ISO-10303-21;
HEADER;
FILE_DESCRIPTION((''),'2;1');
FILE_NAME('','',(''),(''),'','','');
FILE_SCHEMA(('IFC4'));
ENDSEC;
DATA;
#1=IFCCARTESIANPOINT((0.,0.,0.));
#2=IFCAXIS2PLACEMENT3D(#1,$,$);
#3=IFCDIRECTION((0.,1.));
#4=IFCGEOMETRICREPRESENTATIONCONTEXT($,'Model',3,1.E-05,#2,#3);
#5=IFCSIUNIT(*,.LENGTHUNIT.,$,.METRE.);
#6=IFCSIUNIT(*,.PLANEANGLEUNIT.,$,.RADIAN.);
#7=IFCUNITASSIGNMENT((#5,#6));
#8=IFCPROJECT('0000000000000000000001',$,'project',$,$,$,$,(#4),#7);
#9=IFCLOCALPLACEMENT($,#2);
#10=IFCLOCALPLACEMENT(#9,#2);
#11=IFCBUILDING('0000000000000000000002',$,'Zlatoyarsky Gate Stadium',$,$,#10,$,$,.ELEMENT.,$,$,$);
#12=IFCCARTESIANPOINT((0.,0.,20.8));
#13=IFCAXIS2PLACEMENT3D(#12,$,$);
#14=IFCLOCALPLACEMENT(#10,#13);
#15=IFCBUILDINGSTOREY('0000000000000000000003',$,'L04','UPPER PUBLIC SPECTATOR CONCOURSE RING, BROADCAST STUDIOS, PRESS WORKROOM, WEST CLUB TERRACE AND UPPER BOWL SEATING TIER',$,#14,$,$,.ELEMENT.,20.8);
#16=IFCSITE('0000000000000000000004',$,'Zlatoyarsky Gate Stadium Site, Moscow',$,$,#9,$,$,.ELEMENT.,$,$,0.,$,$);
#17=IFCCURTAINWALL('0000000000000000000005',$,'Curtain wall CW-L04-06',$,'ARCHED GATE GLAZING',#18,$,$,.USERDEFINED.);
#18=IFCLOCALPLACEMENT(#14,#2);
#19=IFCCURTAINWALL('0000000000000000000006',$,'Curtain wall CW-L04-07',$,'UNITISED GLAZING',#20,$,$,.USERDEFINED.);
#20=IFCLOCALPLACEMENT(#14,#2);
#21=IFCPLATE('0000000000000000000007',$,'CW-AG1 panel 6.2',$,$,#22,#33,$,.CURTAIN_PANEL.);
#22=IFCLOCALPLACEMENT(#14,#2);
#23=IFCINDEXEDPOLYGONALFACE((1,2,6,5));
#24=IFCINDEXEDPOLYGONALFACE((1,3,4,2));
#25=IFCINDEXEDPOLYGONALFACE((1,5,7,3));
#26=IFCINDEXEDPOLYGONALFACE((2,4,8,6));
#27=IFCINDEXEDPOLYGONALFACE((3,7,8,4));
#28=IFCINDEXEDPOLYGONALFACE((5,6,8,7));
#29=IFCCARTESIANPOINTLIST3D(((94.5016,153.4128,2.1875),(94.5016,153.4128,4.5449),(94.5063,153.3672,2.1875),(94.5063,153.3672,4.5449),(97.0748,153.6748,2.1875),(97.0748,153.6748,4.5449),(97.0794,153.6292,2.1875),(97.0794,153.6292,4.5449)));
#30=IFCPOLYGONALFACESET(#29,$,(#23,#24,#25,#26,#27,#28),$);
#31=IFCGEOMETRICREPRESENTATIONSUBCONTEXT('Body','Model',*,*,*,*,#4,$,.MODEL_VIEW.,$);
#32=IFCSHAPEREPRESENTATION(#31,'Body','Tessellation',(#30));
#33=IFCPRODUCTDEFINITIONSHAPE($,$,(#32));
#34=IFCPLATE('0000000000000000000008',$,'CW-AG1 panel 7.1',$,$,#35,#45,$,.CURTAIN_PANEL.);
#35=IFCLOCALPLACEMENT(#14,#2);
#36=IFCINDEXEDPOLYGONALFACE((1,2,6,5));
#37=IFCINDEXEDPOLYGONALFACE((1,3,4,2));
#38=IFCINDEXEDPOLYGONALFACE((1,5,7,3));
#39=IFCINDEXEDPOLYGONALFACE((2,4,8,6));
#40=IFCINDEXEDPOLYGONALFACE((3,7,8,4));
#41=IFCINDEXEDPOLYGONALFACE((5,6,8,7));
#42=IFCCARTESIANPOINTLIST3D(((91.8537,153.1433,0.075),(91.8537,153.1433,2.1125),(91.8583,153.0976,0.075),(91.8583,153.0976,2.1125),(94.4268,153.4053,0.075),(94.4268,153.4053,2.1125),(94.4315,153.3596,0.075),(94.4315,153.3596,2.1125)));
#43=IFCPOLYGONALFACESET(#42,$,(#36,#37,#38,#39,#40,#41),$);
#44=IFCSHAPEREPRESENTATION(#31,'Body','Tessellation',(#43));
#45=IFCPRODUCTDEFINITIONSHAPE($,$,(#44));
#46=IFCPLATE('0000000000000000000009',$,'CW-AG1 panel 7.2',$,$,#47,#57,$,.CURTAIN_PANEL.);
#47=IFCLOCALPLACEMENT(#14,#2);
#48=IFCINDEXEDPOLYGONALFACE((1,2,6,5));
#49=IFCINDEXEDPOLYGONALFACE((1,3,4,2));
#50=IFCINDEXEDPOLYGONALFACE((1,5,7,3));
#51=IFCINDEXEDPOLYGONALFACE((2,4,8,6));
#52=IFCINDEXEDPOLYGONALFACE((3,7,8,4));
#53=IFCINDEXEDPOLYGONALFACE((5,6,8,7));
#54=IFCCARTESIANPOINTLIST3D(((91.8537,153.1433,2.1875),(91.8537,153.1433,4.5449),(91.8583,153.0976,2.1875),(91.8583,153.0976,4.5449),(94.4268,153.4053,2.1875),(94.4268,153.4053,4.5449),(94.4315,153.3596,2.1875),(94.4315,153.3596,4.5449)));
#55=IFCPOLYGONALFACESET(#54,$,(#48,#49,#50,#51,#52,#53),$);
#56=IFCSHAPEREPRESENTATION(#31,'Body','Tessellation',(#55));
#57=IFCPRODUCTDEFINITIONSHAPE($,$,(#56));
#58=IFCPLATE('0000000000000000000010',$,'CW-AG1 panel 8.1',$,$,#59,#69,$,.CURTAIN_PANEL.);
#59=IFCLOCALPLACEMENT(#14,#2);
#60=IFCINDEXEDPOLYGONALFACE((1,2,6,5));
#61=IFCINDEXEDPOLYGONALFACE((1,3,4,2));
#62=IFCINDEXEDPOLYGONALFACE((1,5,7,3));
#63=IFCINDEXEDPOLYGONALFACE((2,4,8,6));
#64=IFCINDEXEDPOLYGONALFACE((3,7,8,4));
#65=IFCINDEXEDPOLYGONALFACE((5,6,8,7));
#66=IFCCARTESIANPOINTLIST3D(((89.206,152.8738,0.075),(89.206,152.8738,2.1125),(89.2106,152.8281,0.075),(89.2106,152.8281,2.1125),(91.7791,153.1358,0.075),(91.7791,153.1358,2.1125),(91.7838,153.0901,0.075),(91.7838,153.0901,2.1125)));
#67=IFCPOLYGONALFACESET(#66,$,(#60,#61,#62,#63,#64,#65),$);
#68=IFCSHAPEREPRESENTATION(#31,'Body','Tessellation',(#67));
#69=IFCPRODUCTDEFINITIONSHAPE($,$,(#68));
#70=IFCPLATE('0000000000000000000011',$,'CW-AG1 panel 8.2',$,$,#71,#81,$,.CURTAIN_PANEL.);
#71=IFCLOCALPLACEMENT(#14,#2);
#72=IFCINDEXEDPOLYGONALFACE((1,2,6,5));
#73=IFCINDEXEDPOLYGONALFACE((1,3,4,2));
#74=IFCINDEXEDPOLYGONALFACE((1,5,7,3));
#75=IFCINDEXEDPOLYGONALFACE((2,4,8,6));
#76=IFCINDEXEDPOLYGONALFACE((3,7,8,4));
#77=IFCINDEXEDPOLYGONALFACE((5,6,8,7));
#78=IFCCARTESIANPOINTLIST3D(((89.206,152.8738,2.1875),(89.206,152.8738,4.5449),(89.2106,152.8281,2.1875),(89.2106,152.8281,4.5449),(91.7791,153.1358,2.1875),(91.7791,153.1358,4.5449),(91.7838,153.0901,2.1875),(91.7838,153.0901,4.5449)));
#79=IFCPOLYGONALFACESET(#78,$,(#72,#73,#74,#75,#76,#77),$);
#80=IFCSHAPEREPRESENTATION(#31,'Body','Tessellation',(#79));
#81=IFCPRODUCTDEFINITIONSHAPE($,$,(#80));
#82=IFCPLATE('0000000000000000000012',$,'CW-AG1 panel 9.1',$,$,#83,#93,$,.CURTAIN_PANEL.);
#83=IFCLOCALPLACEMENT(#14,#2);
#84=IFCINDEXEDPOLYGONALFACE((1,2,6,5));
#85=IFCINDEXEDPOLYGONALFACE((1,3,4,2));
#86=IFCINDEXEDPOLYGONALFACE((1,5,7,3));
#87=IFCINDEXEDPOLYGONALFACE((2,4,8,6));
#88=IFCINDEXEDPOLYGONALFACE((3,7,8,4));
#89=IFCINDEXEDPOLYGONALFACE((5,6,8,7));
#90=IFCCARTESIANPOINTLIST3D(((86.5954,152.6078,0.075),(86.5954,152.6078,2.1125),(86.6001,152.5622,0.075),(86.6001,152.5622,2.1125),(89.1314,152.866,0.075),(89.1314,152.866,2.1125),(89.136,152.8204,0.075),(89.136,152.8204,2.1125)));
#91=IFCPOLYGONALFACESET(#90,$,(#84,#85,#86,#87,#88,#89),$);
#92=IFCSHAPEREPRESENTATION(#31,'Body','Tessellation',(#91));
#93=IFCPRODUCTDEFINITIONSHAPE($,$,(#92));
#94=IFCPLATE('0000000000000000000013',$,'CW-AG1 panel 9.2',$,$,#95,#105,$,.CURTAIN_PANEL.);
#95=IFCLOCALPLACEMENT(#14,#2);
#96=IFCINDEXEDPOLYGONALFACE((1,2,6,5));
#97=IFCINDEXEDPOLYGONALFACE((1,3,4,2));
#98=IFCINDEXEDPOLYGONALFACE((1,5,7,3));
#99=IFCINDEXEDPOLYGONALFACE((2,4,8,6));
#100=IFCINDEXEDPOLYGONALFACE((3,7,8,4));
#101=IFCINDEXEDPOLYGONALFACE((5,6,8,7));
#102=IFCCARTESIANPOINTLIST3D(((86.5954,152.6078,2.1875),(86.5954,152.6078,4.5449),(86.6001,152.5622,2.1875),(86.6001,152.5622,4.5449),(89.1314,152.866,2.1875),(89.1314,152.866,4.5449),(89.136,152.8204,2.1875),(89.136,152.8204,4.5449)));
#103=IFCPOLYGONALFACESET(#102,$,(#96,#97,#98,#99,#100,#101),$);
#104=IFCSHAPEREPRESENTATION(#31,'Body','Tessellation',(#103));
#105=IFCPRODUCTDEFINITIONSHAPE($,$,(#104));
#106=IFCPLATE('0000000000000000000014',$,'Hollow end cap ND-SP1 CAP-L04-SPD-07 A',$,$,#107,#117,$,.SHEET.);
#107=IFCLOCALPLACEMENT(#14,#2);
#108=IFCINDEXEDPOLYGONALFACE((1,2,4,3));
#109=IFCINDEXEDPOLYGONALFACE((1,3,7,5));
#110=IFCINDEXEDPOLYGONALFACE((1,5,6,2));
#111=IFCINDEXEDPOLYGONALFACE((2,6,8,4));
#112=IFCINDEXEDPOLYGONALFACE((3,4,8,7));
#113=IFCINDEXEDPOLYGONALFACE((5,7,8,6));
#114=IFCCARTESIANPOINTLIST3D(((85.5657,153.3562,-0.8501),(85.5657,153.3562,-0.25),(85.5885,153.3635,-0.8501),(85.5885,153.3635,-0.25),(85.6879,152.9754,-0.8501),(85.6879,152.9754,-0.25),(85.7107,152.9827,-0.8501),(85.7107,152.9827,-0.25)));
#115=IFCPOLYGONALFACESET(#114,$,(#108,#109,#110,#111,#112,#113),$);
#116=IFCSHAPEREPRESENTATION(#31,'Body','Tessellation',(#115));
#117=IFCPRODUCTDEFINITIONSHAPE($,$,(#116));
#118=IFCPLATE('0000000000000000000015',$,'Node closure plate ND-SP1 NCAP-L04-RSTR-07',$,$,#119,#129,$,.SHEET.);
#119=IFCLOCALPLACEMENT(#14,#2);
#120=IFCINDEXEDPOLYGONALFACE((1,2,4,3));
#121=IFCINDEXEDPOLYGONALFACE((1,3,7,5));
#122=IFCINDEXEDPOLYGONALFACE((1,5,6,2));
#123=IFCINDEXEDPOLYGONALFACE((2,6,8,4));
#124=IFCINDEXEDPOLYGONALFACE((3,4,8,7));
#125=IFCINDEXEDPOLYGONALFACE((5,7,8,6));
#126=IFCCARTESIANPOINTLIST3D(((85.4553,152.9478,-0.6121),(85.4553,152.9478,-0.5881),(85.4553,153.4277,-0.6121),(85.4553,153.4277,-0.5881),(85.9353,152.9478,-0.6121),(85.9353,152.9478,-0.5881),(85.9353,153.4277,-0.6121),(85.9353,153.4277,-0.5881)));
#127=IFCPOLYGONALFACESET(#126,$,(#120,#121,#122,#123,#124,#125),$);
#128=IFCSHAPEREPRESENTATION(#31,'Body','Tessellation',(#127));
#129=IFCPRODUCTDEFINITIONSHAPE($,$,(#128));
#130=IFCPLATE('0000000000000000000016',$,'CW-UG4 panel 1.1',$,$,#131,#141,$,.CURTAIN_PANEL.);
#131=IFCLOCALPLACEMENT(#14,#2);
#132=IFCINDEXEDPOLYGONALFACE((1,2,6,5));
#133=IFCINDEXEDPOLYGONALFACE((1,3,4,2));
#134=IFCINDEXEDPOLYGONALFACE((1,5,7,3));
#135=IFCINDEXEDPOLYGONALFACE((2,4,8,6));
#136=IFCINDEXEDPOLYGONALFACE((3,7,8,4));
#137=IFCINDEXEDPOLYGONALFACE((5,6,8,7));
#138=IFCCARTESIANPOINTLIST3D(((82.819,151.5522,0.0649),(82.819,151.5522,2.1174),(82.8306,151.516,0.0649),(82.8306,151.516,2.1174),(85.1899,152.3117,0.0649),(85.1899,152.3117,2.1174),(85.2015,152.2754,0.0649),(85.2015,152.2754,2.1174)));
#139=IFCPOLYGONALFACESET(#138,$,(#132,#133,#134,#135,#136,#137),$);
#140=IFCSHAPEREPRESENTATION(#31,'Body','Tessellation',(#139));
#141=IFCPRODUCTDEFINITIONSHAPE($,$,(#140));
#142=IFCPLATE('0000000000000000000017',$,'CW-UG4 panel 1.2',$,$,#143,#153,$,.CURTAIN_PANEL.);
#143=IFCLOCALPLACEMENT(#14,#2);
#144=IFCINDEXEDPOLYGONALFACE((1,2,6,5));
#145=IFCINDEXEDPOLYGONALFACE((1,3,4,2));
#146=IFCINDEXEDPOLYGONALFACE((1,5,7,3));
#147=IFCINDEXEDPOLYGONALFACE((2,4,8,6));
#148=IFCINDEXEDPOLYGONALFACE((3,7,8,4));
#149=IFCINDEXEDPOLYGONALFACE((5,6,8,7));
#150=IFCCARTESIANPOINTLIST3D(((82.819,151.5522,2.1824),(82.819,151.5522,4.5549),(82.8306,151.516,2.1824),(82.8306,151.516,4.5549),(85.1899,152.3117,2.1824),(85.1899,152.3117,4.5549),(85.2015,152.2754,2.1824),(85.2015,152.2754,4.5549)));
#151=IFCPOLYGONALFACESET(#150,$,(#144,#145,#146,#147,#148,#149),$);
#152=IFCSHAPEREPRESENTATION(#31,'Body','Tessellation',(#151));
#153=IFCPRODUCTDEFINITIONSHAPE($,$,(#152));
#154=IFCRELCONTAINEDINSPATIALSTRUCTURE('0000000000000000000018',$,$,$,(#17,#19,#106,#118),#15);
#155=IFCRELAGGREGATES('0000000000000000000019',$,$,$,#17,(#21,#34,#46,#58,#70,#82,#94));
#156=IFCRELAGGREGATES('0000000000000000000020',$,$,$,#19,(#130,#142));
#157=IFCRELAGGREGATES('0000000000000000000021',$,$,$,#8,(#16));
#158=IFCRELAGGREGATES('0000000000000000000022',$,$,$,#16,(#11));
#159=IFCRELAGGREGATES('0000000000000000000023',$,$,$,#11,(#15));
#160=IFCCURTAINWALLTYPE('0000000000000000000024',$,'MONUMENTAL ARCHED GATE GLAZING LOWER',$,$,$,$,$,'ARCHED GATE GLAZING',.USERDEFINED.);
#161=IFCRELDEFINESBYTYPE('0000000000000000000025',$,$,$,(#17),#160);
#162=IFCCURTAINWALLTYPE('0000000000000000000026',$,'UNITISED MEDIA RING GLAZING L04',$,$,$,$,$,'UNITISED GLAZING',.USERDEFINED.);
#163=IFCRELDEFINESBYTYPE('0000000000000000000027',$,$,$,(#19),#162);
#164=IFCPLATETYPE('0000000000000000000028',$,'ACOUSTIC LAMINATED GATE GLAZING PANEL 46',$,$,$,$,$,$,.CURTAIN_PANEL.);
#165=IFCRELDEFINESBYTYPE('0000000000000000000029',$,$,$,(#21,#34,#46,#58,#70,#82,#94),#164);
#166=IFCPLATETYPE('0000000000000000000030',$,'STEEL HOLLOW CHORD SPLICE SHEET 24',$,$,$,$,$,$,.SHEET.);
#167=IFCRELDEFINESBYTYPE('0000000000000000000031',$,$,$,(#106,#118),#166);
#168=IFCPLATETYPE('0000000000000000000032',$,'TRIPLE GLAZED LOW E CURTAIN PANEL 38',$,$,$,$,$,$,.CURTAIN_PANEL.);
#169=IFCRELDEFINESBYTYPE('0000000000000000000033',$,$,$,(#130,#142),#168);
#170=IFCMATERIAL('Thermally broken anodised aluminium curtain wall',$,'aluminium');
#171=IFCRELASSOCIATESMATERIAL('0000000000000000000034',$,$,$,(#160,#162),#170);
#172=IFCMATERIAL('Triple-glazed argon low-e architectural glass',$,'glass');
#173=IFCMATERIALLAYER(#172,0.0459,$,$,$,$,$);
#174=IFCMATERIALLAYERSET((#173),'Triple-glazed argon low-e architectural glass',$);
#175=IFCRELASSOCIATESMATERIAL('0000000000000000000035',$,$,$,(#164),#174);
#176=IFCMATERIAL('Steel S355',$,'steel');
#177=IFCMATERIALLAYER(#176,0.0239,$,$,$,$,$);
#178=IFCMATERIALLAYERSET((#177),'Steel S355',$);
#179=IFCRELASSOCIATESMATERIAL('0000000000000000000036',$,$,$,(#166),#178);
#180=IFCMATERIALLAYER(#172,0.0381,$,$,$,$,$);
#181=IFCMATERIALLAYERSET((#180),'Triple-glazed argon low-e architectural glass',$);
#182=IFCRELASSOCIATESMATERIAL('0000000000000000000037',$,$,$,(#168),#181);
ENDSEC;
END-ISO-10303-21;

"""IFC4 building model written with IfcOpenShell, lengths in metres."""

from ifc_helpers import new_model, si_unit, direction, frame, origin, origin_2d, place, context, subcontext, project, spatial, rectangle, extrude, material, layer, layer_set, type_object, element, aggregate, save


model = new_model("IFC4")

# Units and contexts
model_context = context("Model", 3, precision=1e-05, world=origin(), true_north=direction((0.0, 1.0)))
body_context = subcontext(model_context, "Body", "Model", "MODEL_VIEW")
ifc_project = project(units=[si_unit("LENGTHUNIT", "METRE"), si_unit("PLANEANGLEUNIT", "RADIAN")], contexts=[model_context])

# Site, building, storey
site_placement = place(None, origin())
site = spatial("IfcSite", under=ifc_project, at=site_placement, Name="Zlatoyarsky Gate Stadium Site, Moscow", CompositionType="ELEMENT", RefElevation=0.0)
building_placement = place(site_placement, origin())
building = spatial("IfcBuilding", under=site, at=building_placement, Name="Zlatoyarsky Gate Stadium", CompositionType="ELEMENT")
storey_placement = place(building_placement, frame((0.0, 0.0, 20.8)))
storey = spatial("IfcBuildingStorey", under=building, at=storey_placement, Name="L04", Description="UPPER PUBLIC SPECTATOR CONCOURSE RING, BROADCAST STUDIOS, PRESS WORKROOM, WEST CLUB TERRACE AND UPPER BOWL SEATING TIER", CompositionType="ELEMENT", Elevation=20.8)

# Shared definitions
ifc_material_1 = material(Name="Steel S355", Category="steel")

# Curtain walls
ifc_material_2 = material(Name="Thermally broken anodised aluminium curtain wall", Category="aluminium")
curtain_wall_type_1 = type_object("IfcCurtainWallType", Name="MONUMENTAL ARCHED GATE GLAZING LOWER", ElementType="ARCHED GATE GLAZING", PredefinedType="USERDEFINED", material=ifc_material_2)
curtain_wall_1_placement = place(storey_placement, origin())
curtain_wall_1 = element("IfcCurtainWall", 1, at=curtain_wall_1_placement, inside=storey, type_object=curtain_wall_type_1, Name="Curtain wall CW-L04-06", ObjectType="ARCHED GATE GLAZING", PredefinedType="USERDEFINED")
curtain_wall_type_2 = type_object("IfcCurtainWallType", Name="UNITISED MEDIA RING GLAZING L04", ElementType="UNITISED GLAZING", PredefinedType="USERDEFINED", material=ifc_material_2)
curtain_wall_2_placement = place(storey_placement, origin())
curtain_wall_2 = element("IfcCurtainWall", 2, at=curtain_wall_2_placement, inside=storey, type_object=curtain_wall_type_2, Name="Curtain wall CW-L04-07", ObjectType="UNITISED GLAZING", PredefinedType="USERDEFINED")

# Plates
ifc_material_3 = material(Name="Triple-glazed argon low-e architectural glass", Category="glass")
ifc_layer_1 = layer(ifc_material_3, 0.0459)
ifc_layer_set_1 = layer_set([ifc_layer_1], Name="Triple-glazed argon low-e architectural glass")
plate_type_1 = type_object("IfcPlateType", Name="ACOUSTIC LAMINATED GATE GLAZING PANEL 46", PredefinedType="CURTAIN_PANEL", material=ifc_layer_set_1)
plate_1_placement = place(storey_placement, frame((95.7905, 153.521, 2.1875), z_axis=(0.0, 0.0, 1.0), x_axis=(-0.994857, -0.101293, 0.0)))
plate_1 = element("IfcPlate", 3, at=plate_1_placement, type_object=plate_type_1, Name="CW-AG1 panel 6.2", PredefinedType="CURTAIN_PANEL", context=body_context, shape_type="SweptSolid", body=[
    extrude(rectangle(XDim=2.5864, YDim=0.0459, at=origin_2d()), origin(), (0.0, 0.0, 1.0), 2.3574),
])
plate_2_placement = place(storey_placement, frame((93.1426, 153.2515, 0.075), z_axis=(0.0, 0.0, 1.0), x_axis=(-0.994857, -0.101293, 0.0)))
plate_2 = element("IfcPlate", 4, at=plate_2_placement, type_object=plate_type_1, Name="CW-AG1 panel 7.1", PredefinedType="CURTAIN_PANEL", context=body_context, shape_type="SweptSolid", body=[
    extrude(rectangle(XDim=2.5864, YDim=0.0459, at=origin_2d()), origin(), (0.0, 0.0, 1.0), 2.0376),
])
plate_3_placement = place(storey_placement, frame((93.1426, 153.2515, 2.1875), z_axis=(0.0, 0.0, 1.0), x_axis=(-0.994857, -0.101293, 0.0)))
plate_3 = element("IfcPlate", 5, at=plate_3_placement, type_object=plate_type_1, Name="CW-AG1 panel 7.2", PredefinedType="CURTAIN_PANEL", context=body_context, shape_type="SweptSolid", body=[
    extrude(rectangle(XDim=2.5864, YDim=0.0459, at=origin_2d()), origin(), (0.0, 0.0, 1.0), 2.3574),
])
plate_4_placement = place(storey_placement, frame((90.4949, 152.9819, 0.075), z_axis=(0.0, 0.0, 1.0), x_axis=(-0.994857, -0.101293, 0.0)))
plate_4 = element("IfcPlate", 6, at=plate_4_placement, type_object=plate_type_1, Name="CW-AG1 panel 8.1", PredefinedType="CURTAIN_PANEL", context=body_context, shape_type="SweptSolid", body=[
    extrude(rectangle(XDim=2.5864, YDim=0.0459, at=origin_2d()), origin(), (0.0, 0.0, 1.0), 2.0376),
])
plate_5_placement = place(storey_placement, frame((90.4949, 152.9819, 2.1875), z_axis=(0.0, 0.0, 1.0), x_axis=(-0.994857, -0.101293, 0.0)))
plate_5 = element("IfcPlate", 7, at=plate_5_placement, type_object=plate_type_1, Name="CW-AG1 panel 8.2", PredefinedType="CURTAIN_PANEL", context=body_context, shape_type="SweptSolid", body=[
    extrude(rectangle(XDim=2.5864, YDim=0.0459, at=origin_2d()), origin(), (0.0, 0.0, 1.0), 2.3574),
])
plate_6_placement = place(storey_placement, frame((87.8657, 152.7141, 0.075), z_axis=(0.0, 0.0, 1.0), x_axis=(-0.994857, -0.101293, 0.0)))
plate_6 = element("IfcPlate", 8, at=plate_6_placement, type_object=plate_type_1, Name="CW-AG1 panel 9.1", PredefinedType="CURTAIN_PANEL", context=body_context, shape_type="SweptSolid", body=[
    extrude(rectangle(XDim=2.5491, YDim=0.0459, at=origin_2d()), origin(), (0.0, 0.0, 1.0), 2.0376),
])
plate_7_placement = place(storey_placement, frame((87.8657, 152.7141, 2.1875), z_axis=(0.0, 0.0, 1.0), x_axis=(-0.994857, -0.101293, 0.0)))
plate_7 = element("IfcPlate", 9, at=plate_7_placement, type_object=plate_type_1, Name="CW-AG1 panel 9.2", PredefinedType="CURTAIN_PANEL", context=body_context, shape_type="SweptSolid", body=[
    extrude(rectangle(XDim=2.5491, YDim=0.0459, at=origin_2d()), origin(), (0.0, 0.0, 1.0), 2.3574),
])
aggregate(curtain_wall_1, [plate_1, plate_2, plate_3, plate_4, plate_5, plate_6, plate_7])

# Plates
ifc_layer_2 = layer(ifc_material_1, 0.0239)
ifc_layer_set_2 = layer_set([ifc_layer_2], Name="Steel S355")
plate_type_2 = type_object("IfcPlateType", Name="STEEL HOLLOW CHORD SPLICE SHEET 24", PredefinedType="SHEET", material=ifc_layer_set_2)
plate_8_placement = place(storey_placement, frame((85.6382, 153.1694, -0.8501), z_axis=(0.0, 0.0, 1.0), x_axis=(-0.952146, -0.305645, 0.0)))
element("IfcPlate", 10, at=plate_8_placement, inside=storey, type_object=plate_type_2, Name="Hollow end cap ND-SP1 CAP-L04-SPD-07 A", PredefinedType="SHEET", context=body_context, shape_type="SweptSolid", body=[
    extrude(rectangle(XDim=0.0239, YDim=0.3999, at=origin_2d()), origin(), (0.0, 0.0, 1.0), 0.6001),
])
plate_9_placement = place(storey_placement, frame((85.6953, 153.1877, -0.6121), z_axis=(0.0, 0.0, 1.0), x_axis=(1.0, 0.0, 0.0)))
element("IfcPlate", 11, at=plate_9_placement, inside=storey, type_object=plate_type_2, Name="Node closure plate ND-SP1 NCAP-L04-RSTR-07", PredefinedType="SHEET", context=body_context, shape_type="SweptSolid", body=[
    extrude(rectangle(XDim=0.48, YDim=0.48, at=origin_2d()), origin(), (0.0, 0.0, 1.0), 0.0239),
])

# Plates
ifc_layer_3 = layer(ifc_material_3, 0.0381)
ifc_layer_set_3 = layer_set([ifc_layer_3], Name="Triple-glazed argon low-e architectural glass")
plate_type_3 = type_object("IfcPlateType", Name="TRIPLE GLAZED LOW E CURTAIN PANEL 38", PredefinedType="CURTAIN_PANEL", material=ifc_layer_set_3)
plate_10_placement = place(storey_placement, frame((84.0103, 151.9138, 0.0649), z_axis=(0.0, 0.0, 1.0), x_axis=(-0.952331, -0.305066, 0.0)))
plate_10 = element("IfcPlate", 12, at=plate_10_placement, type_object=plate_type_3, Name="CW-UG4 panel 1.1", PredefinedType="CURTAIN_PANEL", context=body_context, shape_type="SweptSolid", body=[
    extrude(rectangle(XDim=2.4895, YDim=0.0381, at=origin_2d()), origin(), (0.0, 0.0, 1.0), 2.0525),
])
plate_11_placement = place(storey_placement, frame((84.0103, 151.9138, 2.1824), z_axis=(0.0, 0.0, 1.0), x_axis=(-0.952331, -0.305066, 0.0)))
plate_11 = element("IfcPlate", 13, at=plate_11_placement, type_object=plate_type_3, Name="CW-UG4 panel 1.2", PredefinedType="CURTAIN_PANEL", context=body_context, shape_type="SweptSolid", body=[
    extrude(rectangle(XDim=2.4895, YDim=0.0381, at=origin_2d()), origin(), (0.0, 0.0, 1.0), 2.3726),
])
aggregate(curtain_wall_2, [plate_10, plate_11])

save(model, "model.ifc")
